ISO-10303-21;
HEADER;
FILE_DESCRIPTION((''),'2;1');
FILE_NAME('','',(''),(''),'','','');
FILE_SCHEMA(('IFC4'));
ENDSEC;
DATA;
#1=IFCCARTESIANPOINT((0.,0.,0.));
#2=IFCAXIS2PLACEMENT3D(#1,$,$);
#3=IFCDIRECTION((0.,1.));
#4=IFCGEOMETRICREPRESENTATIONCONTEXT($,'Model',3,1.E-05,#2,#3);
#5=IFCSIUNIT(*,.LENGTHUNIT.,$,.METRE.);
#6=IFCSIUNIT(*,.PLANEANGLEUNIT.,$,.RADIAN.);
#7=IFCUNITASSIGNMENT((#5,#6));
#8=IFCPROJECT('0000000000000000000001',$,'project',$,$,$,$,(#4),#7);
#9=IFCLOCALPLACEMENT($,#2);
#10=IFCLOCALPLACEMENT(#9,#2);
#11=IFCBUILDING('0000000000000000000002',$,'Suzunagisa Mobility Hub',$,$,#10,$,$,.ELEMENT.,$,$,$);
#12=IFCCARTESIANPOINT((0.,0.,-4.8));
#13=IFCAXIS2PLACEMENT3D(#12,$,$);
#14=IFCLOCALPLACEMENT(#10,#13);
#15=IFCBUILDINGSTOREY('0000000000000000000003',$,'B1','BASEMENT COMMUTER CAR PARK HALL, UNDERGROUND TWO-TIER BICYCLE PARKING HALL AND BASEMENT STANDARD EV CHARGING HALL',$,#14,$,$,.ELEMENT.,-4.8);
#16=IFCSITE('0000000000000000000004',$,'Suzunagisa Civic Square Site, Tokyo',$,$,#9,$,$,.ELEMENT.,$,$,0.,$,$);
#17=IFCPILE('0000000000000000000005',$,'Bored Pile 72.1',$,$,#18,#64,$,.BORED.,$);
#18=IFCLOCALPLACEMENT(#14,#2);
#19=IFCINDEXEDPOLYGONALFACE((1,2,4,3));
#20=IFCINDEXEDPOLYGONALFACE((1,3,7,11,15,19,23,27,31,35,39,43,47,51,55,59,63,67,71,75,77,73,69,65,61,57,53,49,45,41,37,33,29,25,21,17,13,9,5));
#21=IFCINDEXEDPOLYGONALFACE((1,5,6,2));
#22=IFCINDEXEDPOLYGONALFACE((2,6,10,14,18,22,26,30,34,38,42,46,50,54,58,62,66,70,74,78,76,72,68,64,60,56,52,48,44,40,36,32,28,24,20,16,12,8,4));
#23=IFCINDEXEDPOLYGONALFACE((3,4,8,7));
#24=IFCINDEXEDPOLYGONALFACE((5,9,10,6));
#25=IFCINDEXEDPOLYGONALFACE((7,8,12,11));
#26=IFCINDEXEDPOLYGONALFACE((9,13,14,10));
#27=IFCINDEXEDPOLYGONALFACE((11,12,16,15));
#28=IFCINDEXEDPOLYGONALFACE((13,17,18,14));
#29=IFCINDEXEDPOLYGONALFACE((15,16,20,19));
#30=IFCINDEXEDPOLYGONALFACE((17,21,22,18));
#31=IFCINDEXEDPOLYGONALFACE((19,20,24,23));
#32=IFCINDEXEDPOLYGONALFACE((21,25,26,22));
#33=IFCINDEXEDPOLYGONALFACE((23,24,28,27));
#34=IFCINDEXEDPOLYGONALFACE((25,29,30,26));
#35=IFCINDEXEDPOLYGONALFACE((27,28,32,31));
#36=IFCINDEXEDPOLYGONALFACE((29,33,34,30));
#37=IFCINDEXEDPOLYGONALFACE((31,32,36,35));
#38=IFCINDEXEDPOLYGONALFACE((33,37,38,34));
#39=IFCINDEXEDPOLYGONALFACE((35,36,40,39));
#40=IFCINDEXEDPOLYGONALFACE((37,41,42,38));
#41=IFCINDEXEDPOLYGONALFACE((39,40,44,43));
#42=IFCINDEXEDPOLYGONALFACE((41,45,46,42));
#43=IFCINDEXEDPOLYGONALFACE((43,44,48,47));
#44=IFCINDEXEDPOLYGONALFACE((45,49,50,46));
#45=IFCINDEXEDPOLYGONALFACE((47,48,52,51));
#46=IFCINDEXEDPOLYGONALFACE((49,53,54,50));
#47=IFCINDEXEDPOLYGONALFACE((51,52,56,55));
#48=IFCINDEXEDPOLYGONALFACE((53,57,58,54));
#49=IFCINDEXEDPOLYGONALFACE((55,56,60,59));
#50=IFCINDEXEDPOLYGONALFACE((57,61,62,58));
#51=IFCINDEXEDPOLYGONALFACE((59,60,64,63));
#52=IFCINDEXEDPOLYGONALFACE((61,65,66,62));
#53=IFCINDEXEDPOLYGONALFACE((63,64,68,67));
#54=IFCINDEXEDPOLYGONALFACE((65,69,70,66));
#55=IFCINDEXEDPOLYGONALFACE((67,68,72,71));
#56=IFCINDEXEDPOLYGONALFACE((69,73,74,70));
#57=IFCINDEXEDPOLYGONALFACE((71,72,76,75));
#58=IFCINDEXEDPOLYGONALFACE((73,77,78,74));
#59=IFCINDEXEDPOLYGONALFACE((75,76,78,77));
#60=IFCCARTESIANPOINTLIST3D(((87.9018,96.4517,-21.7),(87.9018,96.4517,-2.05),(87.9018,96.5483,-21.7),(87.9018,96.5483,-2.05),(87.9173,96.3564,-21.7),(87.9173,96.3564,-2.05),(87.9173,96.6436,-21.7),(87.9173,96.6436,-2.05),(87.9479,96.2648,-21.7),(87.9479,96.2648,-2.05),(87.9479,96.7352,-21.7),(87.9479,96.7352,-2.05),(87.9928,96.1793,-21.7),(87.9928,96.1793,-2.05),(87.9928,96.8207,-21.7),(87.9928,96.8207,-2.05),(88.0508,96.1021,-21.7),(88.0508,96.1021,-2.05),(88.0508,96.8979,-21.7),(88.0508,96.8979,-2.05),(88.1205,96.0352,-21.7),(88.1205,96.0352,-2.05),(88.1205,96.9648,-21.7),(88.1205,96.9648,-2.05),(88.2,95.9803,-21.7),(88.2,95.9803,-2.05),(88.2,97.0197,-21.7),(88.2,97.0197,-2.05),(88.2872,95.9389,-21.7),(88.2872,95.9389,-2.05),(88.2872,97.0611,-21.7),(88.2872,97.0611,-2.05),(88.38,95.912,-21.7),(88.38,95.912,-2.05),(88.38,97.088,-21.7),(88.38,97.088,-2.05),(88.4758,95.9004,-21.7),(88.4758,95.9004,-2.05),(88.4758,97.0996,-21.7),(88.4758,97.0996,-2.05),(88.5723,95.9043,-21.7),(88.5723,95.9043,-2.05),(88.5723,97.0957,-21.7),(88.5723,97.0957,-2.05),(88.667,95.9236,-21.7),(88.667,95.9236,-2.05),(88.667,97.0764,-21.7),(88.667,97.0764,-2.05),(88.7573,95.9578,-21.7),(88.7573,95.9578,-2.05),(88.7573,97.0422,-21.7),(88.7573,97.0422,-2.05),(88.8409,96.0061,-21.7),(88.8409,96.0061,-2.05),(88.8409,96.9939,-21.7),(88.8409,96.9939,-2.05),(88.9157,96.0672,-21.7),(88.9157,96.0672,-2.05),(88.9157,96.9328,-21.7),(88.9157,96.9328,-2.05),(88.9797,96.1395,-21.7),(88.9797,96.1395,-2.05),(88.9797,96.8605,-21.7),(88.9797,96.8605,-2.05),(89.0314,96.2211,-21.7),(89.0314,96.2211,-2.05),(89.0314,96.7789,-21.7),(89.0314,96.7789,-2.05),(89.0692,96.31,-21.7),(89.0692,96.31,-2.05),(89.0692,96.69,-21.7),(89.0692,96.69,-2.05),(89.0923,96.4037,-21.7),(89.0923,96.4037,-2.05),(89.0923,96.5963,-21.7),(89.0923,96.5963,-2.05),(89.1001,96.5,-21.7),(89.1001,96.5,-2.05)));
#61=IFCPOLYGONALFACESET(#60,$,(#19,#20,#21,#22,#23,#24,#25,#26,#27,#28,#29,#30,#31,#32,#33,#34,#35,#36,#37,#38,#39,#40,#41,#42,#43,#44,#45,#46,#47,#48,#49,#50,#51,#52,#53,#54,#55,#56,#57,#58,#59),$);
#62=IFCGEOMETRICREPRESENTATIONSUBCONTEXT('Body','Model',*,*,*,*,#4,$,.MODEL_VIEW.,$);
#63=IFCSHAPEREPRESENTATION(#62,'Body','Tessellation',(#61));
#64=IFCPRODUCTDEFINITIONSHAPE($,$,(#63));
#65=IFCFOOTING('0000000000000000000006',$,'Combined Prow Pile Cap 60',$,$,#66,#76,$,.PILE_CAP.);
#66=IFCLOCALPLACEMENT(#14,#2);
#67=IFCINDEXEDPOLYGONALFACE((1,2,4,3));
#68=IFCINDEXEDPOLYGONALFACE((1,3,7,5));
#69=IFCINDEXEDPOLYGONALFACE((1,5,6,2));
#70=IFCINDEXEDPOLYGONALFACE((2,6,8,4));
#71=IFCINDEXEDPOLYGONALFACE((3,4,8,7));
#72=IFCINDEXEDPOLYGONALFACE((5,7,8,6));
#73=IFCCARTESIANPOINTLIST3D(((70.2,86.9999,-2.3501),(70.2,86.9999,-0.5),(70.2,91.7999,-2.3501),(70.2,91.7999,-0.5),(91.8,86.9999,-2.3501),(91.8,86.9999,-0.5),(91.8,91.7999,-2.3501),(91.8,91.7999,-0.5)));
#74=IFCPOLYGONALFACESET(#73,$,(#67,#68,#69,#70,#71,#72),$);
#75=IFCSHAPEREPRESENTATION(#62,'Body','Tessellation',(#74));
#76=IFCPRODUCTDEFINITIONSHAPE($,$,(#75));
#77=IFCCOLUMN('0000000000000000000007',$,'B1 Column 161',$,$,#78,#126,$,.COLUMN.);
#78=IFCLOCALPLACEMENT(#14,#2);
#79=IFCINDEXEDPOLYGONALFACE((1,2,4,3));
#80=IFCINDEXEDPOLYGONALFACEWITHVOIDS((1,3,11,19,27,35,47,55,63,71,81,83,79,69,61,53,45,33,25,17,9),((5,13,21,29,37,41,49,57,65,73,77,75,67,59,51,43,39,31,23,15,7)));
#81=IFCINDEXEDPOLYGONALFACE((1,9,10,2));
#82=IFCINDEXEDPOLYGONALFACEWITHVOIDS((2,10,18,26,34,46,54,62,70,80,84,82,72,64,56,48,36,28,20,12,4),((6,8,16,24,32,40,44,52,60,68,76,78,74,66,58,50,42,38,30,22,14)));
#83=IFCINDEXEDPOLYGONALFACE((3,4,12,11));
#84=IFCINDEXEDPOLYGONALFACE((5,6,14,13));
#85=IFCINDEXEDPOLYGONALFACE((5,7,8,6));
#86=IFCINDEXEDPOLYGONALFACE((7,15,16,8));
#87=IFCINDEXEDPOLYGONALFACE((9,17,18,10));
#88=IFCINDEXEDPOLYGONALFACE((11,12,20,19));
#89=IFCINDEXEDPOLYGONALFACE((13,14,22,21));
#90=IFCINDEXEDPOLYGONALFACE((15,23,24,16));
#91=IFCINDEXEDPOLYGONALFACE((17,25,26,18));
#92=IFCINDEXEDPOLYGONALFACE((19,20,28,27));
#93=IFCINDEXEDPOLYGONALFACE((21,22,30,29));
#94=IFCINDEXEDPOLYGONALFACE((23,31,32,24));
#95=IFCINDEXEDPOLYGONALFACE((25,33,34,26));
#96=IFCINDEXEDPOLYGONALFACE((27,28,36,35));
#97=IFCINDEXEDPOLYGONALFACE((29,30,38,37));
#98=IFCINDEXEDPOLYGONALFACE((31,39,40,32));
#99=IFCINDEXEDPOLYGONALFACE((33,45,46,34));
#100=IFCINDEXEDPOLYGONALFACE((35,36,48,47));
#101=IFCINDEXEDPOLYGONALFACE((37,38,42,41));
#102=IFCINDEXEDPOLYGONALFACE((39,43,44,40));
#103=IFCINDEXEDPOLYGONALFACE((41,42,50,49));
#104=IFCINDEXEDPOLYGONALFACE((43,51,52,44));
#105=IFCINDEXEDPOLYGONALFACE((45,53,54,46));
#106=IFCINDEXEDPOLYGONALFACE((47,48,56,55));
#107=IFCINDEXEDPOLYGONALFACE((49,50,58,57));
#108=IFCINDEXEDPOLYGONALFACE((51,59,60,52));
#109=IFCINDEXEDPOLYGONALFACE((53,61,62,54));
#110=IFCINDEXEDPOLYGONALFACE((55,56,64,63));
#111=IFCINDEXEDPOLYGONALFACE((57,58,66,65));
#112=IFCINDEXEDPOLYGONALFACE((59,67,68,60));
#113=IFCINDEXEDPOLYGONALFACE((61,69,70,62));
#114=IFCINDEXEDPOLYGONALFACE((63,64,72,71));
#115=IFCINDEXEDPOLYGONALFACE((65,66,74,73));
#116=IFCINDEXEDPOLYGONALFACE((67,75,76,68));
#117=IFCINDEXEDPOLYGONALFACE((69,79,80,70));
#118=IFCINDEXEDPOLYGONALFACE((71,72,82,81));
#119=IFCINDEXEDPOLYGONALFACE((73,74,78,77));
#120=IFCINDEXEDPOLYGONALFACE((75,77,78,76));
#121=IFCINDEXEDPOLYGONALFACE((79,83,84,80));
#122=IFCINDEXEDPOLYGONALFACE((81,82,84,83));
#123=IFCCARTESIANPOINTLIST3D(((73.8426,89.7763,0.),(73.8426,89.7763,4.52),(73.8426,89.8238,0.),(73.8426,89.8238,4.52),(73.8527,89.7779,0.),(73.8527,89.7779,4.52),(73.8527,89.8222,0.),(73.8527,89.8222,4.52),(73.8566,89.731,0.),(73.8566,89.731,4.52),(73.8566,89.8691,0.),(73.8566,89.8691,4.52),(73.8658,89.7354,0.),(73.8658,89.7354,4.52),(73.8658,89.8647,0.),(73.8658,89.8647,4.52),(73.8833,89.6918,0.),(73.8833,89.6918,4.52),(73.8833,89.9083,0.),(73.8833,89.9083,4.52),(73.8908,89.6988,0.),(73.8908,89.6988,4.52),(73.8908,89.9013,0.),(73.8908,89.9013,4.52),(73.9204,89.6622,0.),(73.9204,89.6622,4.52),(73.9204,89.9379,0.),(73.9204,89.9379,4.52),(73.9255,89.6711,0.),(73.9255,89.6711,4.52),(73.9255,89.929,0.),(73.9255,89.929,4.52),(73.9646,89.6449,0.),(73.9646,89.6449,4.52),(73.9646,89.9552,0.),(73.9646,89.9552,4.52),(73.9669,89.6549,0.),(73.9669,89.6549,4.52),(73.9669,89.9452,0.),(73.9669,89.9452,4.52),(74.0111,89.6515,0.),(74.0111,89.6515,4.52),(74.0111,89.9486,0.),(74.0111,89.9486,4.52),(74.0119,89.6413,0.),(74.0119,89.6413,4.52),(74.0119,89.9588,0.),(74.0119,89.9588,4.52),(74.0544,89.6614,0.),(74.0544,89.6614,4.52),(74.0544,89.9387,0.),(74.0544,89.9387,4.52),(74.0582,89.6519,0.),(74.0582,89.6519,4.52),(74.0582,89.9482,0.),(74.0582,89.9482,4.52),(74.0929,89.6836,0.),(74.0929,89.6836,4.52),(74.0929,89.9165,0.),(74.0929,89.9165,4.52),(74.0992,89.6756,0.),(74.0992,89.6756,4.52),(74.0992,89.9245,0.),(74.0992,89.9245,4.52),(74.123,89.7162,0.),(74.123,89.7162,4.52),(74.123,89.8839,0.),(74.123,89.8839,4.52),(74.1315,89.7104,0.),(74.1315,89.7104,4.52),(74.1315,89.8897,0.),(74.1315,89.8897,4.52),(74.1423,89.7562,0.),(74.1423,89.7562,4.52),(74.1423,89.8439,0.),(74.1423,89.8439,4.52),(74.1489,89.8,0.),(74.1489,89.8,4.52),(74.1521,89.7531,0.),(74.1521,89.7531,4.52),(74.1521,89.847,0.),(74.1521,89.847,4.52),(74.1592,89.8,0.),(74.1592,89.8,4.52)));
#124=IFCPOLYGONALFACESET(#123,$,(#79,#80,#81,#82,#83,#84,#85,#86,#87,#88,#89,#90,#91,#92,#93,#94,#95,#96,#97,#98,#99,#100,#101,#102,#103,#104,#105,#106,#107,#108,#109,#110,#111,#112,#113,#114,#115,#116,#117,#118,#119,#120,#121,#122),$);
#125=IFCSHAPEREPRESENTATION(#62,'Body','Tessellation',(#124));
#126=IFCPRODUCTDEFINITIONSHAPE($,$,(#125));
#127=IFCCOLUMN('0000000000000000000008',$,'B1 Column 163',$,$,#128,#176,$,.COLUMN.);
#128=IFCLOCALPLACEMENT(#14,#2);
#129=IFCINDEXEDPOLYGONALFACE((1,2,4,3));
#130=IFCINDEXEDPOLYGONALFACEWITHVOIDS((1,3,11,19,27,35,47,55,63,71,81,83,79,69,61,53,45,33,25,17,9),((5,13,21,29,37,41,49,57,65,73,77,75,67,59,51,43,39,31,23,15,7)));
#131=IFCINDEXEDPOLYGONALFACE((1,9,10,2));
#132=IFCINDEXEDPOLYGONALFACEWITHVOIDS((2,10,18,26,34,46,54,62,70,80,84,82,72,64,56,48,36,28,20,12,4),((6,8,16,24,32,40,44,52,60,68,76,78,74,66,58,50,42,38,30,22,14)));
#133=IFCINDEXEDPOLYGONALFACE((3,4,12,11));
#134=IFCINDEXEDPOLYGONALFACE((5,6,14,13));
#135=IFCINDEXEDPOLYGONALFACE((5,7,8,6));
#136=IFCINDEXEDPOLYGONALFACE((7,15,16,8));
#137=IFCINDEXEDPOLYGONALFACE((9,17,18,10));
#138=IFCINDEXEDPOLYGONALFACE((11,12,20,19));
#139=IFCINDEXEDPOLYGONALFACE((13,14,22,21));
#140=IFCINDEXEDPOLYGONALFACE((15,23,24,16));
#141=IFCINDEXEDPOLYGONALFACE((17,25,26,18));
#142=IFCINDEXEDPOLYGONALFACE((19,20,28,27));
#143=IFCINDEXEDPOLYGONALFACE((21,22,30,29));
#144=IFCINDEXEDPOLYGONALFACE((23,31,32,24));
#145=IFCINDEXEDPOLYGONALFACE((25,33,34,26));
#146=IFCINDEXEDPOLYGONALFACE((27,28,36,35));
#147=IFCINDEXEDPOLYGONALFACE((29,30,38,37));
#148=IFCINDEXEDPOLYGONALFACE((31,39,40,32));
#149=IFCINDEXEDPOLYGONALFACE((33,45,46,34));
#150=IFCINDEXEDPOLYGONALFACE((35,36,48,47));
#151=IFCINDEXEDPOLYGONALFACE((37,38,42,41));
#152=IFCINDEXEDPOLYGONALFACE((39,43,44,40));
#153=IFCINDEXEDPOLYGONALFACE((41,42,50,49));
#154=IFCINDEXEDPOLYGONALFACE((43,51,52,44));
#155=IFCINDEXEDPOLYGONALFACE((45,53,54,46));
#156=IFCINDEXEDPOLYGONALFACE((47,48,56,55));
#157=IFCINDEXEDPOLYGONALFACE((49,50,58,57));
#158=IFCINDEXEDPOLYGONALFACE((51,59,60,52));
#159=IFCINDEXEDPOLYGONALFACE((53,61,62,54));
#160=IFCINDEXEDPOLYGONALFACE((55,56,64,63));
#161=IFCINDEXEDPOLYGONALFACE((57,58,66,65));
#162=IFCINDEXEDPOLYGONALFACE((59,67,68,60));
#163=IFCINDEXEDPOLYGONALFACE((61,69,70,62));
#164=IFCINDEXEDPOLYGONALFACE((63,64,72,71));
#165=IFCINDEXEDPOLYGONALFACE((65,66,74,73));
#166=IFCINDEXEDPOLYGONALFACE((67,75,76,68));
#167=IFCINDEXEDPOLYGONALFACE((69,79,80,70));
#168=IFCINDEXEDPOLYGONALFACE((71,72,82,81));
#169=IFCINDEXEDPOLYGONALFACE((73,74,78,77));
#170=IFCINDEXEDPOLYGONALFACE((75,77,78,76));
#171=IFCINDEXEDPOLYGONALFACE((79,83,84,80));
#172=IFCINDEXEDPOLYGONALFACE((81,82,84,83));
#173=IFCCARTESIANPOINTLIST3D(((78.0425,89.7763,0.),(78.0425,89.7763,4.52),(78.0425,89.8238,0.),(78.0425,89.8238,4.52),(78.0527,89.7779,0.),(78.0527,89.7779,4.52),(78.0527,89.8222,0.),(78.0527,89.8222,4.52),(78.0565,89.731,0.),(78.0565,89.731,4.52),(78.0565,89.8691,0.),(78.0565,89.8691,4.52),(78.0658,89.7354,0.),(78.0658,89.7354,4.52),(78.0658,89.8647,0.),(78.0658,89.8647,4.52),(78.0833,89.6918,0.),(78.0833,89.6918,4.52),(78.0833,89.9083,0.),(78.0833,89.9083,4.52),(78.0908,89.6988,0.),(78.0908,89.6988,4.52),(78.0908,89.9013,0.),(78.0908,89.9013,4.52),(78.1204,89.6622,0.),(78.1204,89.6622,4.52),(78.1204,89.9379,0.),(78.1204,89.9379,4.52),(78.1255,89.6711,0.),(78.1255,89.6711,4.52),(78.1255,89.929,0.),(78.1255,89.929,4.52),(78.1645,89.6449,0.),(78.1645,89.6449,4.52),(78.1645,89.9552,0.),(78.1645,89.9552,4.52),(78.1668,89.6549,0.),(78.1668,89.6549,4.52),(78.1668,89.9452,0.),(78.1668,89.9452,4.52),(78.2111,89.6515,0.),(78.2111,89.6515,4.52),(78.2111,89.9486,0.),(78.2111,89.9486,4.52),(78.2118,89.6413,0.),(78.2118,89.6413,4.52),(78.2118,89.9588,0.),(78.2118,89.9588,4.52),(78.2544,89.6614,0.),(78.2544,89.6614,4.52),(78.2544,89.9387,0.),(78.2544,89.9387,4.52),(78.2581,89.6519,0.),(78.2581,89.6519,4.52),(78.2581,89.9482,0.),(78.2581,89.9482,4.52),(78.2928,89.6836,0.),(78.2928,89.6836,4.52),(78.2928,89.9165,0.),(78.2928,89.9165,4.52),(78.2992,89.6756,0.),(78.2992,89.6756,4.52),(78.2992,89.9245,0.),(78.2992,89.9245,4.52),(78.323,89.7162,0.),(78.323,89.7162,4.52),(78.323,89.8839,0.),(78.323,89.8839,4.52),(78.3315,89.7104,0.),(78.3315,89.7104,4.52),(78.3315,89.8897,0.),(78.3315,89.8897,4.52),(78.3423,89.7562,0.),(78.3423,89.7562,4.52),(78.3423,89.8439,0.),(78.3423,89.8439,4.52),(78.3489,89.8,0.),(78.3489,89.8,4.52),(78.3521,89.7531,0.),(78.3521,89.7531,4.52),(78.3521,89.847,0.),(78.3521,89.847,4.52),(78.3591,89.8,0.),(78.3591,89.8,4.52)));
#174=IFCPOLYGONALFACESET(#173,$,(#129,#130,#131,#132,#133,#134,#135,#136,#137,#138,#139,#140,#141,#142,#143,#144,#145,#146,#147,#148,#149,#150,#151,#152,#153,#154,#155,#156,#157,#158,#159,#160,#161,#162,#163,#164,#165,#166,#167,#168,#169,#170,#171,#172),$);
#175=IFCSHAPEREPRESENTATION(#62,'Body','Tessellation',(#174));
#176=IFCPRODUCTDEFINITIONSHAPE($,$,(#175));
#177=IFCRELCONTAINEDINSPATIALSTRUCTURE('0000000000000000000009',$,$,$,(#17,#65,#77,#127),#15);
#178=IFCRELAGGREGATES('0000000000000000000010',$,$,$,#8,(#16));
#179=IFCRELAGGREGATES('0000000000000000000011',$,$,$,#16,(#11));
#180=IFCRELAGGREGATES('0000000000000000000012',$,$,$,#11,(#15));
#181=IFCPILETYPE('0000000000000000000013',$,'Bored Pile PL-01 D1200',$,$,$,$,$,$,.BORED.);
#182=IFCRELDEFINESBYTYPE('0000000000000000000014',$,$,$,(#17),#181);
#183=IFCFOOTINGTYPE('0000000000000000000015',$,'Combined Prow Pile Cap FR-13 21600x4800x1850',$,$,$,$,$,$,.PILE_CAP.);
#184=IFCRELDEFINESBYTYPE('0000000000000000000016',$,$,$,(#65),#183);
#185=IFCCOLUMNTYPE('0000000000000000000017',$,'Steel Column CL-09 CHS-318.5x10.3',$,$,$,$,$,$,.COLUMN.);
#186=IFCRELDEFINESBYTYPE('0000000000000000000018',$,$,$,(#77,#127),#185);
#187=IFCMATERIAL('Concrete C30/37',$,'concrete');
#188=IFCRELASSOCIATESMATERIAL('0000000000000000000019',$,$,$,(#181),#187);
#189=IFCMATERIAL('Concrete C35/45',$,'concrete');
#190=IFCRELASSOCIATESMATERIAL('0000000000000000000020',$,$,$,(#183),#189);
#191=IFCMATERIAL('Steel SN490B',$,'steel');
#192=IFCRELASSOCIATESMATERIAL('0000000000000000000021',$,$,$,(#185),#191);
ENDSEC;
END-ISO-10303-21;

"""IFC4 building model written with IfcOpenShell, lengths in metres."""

from ifc_helpers import new_model, si_unit, direction, frame, origin, origin_2d, place, context, subcontext, project, spatial, rectangle, circle, hollow_circle, extrude, material, material_profile, profile_set, type_object, element, save


model = new_model("IFC4")

# Units and contexts
model_context = context("Model", 3, precision=1e-05, world=origin(), true_north=direction((0.0, 1.0)))
body_context = subcontext(model_context, "Body", "Model", "MODEL_VIEW")
ifc_project = project(units=[si_unit("LENGTHUNIT", "METRE"), si_unit("PLANEANGLEUNIT", "RADIAN")], contexts=[model_context])

# Site, building, storey
site_placement = place(None, origin())
site = spatial("IfcSite", under=ifc_project, at=site_placement, Name="Suzunagisa Civic Square Site, Tokyo", CompositionType="ELEMENT", RefElevation=0.0)
building_placement = place(site_placement, origin())
building = spatial("IfcBuilding", under=site, at=building_placement, Name="Suzunagisa Mobility Hub", CompositionType="ELEMENT")
storey_placement = place(building_placement, frame((0.0, 0.0, -4.8)))
storey = spatial("IfcBuildingStorey", under=building, at=storey_placement, Name="B1", Description="BASEMENT COMMUTER CAR PARK HALL, UNDERGROUND TWO-TIER BICYCLE PARKING HALL AND BASEMENT STANDARD EV CHARGING HALL", CompositionType="ELEMENT", Elevation=-4.8)

# Pile
ifc_material_1 = material(Name="Concrete C30/37", Category="concrete")
ifc_material_profile_1 = material_profile(ifc_material_1, circle(Radius=0.6001, at=origin_2d()), Name="BORED PILE D1200")
ifc_profile_set_1 = profile_set([ifc_material_profile_1], Name="Concrete C30/37")
pile_type = type_object("IfcPileType", Name="Bored Pile PL-01 D1200", PredefinedType="BORED", material=ifc_profile_set_1)
pile_placement = place(storey_placement, frame((88.5, 96.5, -2.05), z_axis=(0.0, 0.0, -1.0), x_axis=(1.0, 0.0, 0.0)))
element("IfcPile", 1, at=pile_placement, inside=storey, type_object=pile_type, Name="Bored Pile 72.1", PredefinedType="BORED", context=body_context, shape_type="SweptSolid", body=[
    extrude(circle(Radius=0.6001, at=origin_2d()), origin(), (0.0, 0.0, 1.0), 19.6499),
])

# Footing
ifc_material_2 = material(Name="Concrete C35/45", Category="concrete")
footing_type = type_object("IfcFootingType", Name="Combined Prow Pile Cap FR-13 21600x4800x1850", PredefinedType="PILE_CAP", material=ifc_material_2)
footing_placement = place(storey_placement, frame((81.0, 89.3999, -2.3501), z_axis=(0.0, 0.0, 1.0), x_axis=(1.0, 0.0, 0.0)))
element("IfcFooting", 2, at=footing_placement, inside=storey, type_object=footing_type, Name="Combined Prow Pile Cap 60", PredefinedType="PILE_CAP", context=body_context, shape_type="SweptSolid", body=[
    extrude(rectangle(XDim=21.6001, YDim=4.8, at=origin_2d()), origin(), (0.0, 0.0, 1.0), 1.8501),
])

# Columns
ifc_material_3 = material(Name="Steel SN490B", Category="steel")
ifc_material_profile_2 = material_profile(ifc_material_3, hollow_circle(Radius=0.1592, WallThickness=0.0103, at=origin_2d()), Name="CHS-318.5x10.3")
ifc_profile_set_2 = profile_set([ifc_material_profile_2], Name="Steel SN490B")
column_type = type_object("IfcColumnType", Name="Steel Column CL-09 CHS-318.5x10.3", PredefinedType="COLUMN", material=ifc_profile_set_2)
for number, where, z_axis, x_axis, name in (
    (3, (74.0, 89.8, 0.0), (0.0, 0.0, 1.0), (1.0, 0.0, 0.0), "B1 Column 161"),
    (4, (78.2, 89.8, 0.0), (0.0, 0.0, 1.0), (1.0, 0.0, 0.0), "B1 Column 163"),
):
    element("IfcColumn", number, at=place(storey_placement, frame(where, z_axis=z_axis, x_axis=x_axis)), inside=storey, type_object=column_type, Name=name, PredefinedType="COLUMN", context=body_context, shape_type="SweptSolid", body=[
        extrude(hollow_circle(Radius=0.1592, WallThickness=0.0103, at=origin_2d()), origin(), (0.0, 0.0, 1.0), 4.52),
    ])

save(model, "model.ifc")
